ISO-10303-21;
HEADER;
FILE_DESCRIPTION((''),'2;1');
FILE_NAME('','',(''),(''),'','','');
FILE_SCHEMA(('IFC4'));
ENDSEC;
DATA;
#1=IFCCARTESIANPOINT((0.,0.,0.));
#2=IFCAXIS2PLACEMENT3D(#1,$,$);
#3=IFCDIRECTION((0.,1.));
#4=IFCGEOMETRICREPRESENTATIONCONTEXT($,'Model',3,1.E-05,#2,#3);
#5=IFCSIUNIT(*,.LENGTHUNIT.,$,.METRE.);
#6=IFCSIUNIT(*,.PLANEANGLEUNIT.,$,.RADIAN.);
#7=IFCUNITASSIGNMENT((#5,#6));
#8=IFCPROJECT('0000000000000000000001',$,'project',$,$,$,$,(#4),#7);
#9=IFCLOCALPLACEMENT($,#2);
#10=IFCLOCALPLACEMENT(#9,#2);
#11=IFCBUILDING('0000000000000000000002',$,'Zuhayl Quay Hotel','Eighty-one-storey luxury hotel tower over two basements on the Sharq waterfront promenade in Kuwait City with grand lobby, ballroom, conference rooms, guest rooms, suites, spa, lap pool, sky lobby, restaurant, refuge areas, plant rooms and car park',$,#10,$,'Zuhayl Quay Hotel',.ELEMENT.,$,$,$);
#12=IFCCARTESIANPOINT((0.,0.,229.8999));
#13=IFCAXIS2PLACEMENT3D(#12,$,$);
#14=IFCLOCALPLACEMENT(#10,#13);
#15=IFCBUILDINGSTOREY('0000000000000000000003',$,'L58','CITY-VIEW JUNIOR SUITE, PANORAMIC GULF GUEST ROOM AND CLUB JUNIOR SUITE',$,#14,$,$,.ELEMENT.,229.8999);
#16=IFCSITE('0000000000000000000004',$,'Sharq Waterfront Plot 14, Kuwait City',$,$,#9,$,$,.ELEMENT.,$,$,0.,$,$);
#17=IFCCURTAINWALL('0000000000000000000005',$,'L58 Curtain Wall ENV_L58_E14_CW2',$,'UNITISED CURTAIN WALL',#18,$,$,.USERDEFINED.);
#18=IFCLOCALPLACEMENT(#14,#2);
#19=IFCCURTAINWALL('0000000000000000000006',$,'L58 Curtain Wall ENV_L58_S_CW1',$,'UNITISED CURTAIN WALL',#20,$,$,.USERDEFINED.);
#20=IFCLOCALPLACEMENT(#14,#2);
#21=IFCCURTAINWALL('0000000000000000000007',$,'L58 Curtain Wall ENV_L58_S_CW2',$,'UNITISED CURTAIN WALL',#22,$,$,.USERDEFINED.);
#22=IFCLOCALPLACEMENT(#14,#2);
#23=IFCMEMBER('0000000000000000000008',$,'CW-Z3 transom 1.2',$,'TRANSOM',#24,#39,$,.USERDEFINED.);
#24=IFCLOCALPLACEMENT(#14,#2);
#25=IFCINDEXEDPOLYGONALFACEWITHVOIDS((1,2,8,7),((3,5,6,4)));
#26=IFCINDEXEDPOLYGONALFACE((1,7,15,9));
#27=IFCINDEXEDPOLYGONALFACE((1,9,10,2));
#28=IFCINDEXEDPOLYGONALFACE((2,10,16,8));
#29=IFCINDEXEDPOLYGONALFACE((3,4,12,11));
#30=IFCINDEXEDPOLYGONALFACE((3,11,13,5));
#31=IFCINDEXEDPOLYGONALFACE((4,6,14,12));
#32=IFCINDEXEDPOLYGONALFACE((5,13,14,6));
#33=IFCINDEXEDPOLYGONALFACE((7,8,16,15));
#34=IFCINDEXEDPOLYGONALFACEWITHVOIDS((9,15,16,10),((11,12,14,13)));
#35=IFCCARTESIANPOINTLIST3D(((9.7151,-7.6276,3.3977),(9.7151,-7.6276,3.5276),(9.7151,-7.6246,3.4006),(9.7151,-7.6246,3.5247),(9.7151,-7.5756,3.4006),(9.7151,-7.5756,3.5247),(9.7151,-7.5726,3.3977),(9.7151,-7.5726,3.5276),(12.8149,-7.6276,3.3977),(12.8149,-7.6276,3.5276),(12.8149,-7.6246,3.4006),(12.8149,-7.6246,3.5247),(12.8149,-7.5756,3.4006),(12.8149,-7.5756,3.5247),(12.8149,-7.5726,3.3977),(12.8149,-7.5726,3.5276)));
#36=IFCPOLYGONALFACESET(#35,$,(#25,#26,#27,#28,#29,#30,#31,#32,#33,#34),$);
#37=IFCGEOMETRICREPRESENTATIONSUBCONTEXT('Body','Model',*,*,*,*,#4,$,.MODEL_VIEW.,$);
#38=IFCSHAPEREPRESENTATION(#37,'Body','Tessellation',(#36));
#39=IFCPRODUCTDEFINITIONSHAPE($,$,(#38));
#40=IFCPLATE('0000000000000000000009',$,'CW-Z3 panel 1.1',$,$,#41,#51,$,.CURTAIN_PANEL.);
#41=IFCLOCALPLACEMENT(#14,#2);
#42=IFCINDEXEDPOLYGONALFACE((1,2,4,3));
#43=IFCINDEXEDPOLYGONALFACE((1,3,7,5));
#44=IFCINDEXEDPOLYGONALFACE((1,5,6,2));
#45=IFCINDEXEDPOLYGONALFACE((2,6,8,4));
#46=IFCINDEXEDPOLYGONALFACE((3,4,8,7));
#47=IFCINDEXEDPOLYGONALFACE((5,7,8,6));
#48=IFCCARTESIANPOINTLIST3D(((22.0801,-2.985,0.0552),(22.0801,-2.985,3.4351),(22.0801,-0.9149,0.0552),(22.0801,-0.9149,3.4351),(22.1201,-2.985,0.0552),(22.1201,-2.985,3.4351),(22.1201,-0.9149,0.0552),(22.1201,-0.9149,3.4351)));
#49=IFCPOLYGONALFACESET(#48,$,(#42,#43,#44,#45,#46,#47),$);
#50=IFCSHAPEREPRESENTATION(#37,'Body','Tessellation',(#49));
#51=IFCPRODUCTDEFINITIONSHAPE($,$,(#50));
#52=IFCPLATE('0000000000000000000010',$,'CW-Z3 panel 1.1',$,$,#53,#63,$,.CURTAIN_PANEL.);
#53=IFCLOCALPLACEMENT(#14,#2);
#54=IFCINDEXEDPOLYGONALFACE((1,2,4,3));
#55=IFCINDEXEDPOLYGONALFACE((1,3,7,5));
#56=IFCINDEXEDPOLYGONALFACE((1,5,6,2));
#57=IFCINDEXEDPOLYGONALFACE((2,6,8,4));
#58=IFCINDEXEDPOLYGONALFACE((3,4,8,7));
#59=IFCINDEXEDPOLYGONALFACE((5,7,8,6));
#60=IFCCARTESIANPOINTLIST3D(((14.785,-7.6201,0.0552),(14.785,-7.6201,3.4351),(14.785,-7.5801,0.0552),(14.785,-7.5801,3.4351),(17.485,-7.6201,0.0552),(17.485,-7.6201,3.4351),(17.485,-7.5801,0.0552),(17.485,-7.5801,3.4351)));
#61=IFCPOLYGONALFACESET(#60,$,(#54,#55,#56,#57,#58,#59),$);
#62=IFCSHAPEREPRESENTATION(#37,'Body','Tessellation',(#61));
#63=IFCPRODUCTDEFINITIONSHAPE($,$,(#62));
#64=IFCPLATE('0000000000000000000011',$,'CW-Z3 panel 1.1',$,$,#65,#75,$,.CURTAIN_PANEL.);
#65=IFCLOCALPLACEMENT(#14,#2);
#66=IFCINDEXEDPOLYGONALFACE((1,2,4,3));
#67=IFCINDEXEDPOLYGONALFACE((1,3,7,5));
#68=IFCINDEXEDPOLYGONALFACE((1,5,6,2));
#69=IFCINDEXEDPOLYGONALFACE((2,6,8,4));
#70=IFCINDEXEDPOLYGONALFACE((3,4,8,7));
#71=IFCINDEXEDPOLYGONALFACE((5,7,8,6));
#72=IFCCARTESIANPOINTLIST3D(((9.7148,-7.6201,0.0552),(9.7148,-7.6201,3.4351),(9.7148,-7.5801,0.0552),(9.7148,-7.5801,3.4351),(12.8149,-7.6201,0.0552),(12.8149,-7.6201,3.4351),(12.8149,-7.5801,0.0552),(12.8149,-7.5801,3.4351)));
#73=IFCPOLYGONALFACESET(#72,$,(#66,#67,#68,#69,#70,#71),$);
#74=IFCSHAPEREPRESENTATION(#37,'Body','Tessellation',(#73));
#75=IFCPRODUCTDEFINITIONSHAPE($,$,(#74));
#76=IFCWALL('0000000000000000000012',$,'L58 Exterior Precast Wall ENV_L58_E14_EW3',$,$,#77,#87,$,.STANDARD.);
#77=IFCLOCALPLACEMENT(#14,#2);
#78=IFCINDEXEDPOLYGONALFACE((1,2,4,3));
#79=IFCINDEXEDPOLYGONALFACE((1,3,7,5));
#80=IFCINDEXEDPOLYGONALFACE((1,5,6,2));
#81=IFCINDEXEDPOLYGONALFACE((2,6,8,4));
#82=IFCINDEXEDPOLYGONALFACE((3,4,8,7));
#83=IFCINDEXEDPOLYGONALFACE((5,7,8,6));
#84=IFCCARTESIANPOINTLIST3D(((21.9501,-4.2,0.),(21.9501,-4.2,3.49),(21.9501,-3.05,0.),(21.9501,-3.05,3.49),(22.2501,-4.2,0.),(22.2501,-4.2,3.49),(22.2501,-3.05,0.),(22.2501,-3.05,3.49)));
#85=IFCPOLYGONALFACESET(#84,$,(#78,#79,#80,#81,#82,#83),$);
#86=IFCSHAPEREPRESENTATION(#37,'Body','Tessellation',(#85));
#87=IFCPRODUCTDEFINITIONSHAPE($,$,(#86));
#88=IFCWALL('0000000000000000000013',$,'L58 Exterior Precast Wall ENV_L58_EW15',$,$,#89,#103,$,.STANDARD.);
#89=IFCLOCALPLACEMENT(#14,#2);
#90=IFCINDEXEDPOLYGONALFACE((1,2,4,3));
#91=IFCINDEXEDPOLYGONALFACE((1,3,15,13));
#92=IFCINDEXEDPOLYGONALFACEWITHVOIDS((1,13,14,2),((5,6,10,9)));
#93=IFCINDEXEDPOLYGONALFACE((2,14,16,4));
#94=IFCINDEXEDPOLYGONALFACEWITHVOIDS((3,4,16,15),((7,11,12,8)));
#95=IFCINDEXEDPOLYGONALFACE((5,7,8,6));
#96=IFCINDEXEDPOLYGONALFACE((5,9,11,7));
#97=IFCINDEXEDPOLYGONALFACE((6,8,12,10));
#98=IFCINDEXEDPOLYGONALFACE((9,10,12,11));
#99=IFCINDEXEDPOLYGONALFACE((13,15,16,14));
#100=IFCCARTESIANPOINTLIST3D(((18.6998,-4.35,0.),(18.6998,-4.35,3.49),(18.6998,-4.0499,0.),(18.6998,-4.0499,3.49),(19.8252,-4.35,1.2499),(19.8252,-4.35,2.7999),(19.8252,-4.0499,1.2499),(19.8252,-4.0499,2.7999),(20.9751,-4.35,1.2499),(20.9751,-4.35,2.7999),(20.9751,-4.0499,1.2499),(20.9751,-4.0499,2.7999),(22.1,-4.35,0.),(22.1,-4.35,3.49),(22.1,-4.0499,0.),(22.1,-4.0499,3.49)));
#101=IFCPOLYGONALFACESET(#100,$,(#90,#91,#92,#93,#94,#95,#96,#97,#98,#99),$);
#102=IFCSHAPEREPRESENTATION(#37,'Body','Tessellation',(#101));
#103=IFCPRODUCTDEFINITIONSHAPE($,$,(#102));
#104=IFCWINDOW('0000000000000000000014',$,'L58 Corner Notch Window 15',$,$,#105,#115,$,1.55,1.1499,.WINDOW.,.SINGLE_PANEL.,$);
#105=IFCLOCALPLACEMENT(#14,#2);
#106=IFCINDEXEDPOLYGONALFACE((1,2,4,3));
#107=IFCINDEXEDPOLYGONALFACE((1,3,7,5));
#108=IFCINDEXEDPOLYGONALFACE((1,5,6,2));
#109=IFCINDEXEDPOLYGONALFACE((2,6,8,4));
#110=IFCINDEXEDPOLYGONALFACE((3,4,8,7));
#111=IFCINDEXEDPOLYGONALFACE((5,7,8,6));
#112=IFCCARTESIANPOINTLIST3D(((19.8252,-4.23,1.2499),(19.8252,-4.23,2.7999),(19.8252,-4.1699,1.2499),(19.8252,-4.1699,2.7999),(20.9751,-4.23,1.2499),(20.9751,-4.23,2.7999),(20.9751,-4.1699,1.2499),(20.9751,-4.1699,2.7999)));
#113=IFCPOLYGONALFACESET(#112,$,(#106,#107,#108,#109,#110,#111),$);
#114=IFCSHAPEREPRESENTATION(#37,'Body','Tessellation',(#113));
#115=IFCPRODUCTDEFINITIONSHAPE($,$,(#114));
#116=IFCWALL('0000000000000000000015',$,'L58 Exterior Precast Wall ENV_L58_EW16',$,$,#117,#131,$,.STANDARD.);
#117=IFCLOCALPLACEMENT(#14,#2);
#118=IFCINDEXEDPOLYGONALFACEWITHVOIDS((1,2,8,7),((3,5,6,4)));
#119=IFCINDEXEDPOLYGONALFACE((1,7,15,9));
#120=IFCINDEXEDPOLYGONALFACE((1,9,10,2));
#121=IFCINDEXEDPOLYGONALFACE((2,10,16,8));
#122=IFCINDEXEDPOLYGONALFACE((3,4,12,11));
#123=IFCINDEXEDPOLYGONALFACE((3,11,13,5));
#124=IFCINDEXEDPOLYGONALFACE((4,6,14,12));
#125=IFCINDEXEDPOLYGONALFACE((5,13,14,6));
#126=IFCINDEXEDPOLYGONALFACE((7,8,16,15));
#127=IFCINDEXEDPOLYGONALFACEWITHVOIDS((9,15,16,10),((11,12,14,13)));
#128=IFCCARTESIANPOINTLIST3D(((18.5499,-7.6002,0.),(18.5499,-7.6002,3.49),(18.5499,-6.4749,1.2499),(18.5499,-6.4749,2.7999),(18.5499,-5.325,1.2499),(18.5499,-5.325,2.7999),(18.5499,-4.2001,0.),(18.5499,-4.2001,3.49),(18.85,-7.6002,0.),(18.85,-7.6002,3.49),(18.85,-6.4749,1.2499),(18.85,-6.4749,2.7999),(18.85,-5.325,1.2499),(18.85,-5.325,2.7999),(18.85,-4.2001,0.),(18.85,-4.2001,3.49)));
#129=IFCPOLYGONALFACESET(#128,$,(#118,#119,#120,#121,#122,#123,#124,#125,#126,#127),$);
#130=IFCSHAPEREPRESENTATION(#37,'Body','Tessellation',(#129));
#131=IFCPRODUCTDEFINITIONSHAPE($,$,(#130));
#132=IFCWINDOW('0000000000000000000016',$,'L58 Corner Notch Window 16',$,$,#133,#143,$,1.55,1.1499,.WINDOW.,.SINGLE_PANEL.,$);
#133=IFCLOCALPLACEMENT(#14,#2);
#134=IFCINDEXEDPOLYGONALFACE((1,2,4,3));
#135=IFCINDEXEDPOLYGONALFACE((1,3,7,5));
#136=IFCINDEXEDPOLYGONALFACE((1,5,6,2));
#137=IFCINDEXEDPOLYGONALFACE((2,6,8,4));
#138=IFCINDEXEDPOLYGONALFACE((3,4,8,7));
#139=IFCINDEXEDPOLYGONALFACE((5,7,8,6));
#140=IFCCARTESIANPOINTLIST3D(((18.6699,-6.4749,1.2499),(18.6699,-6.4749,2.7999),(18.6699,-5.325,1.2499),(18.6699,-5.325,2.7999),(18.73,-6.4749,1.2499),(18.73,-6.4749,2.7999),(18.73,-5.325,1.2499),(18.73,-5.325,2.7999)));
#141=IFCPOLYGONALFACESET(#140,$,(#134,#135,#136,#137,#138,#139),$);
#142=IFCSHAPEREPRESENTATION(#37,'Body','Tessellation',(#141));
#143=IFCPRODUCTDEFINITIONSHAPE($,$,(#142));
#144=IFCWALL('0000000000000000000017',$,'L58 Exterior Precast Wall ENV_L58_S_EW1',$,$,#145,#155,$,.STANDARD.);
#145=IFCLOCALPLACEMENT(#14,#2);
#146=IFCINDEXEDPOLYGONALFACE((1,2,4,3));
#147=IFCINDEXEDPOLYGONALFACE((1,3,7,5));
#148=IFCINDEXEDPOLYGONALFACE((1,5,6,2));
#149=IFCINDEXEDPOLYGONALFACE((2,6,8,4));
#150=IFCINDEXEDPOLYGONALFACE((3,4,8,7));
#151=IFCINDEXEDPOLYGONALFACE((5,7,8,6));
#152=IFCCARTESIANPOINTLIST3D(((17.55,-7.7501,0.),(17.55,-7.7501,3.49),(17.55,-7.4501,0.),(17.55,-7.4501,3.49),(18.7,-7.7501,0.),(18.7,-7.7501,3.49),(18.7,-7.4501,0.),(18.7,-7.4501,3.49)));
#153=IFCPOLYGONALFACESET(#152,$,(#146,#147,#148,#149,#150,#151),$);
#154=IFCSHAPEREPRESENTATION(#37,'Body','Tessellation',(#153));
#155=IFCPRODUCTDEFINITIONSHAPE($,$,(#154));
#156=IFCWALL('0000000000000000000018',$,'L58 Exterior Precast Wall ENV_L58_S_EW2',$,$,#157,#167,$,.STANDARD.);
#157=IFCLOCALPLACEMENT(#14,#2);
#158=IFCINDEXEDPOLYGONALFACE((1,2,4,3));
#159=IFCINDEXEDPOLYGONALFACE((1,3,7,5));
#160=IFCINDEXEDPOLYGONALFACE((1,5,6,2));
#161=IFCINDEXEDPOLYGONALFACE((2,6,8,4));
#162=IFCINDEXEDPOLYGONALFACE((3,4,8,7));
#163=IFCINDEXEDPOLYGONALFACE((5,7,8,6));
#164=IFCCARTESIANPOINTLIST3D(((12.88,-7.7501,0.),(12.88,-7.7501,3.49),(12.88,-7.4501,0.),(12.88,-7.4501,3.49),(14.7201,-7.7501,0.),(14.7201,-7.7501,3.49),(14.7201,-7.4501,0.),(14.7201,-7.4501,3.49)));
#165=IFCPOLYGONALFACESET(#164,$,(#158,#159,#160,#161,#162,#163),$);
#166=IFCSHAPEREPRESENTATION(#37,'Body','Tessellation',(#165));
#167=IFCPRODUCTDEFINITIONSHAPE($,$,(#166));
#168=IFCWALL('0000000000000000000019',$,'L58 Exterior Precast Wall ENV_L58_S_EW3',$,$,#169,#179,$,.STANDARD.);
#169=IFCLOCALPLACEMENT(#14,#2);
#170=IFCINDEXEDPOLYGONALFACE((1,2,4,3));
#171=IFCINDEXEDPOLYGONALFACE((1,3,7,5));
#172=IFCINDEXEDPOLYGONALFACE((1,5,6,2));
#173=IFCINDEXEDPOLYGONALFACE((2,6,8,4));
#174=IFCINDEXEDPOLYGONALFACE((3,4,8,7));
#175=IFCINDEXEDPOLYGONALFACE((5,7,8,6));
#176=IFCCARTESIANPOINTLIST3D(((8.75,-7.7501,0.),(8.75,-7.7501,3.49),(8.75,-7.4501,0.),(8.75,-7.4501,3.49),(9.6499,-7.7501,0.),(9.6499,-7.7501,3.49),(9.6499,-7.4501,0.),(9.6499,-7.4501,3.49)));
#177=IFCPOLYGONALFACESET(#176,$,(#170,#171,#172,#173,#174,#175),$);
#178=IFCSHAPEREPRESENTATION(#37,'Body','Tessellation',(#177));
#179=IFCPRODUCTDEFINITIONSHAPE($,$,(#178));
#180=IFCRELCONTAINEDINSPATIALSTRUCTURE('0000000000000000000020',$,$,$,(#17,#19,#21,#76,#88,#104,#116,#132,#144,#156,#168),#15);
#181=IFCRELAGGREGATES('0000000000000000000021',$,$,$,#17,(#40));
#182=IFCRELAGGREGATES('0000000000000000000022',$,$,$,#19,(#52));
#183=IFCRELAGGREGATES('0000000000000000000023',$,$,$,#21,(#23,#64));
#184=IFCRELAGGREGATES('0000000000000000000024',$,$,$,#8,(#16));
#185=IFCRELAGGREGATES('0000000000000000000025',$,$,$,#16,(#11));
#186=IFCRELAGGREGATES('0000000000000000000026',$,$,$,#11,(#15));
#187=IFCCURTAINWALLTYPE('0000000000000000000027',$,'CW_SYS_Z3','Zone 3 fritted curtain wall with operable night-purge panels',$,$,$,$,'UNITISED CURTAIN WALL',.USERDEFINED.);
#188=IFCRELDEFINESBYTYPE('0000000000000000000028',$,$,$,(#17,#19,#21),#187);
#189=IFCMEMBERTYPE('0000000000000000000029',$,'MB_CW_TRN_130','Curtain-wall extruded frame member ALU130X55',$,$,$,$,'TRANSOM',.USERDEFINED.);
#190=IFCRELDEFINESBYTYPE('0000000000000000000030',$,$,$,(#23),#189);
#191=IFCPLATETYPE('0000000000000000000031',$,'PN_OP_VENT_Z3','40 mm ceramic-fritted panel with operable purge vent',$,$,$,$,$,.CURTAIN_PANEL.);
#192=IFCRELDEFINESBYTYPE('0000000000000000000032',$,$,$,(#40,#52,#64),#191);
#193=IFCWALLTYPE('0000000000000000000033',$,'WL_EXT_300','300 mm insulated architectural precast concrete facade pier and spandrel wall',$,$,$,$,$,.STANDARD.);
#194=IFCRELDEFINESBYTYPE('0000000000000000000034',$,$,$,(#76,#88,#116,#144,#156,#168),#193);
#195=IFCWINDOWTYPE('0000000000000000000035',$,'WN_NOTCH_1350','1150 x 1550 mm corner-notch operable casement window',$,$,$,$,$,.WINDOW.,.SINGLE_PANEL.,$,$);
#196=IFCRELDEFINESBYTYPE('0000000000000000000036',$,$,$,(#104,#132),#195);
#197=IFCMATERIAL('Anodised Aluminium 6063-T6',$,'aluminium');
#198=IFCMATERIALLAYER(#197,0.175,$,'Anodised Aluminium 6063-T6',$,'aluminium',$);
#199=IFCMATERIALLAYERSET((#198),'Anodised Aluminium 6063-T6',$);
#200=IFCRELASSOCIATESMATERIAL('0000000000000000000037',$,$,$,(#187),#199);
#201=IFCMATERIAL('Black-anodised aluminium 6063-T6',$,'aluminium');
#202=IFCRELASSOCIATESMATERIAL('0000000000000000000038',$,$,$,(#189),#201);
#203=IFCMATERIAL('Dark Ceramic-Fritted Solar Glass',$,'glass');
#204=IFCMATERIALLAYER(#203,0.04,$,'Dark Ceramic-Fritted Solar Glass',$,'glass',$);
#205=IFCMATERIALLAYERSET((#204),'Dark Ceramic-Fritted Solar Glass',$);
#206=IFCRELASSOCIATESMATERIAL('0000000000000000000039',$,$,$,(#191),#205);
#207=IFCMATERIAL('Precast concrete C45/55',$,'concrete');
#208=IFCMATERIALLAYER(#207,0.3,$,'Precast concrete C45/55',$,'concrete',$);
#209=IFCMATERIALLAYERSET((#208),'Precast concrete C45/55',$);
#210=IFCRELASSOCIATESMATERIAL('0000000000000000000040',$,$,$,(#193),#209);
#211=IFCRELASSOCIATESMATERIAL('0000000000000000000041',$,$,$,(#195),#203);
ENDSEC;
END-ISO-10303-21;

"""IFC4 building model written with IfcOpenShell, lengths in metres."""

from ifc_helpers import new_model, si_unit, direction, frame, frame_2d, origin, origin_2d, place, context, subcontext, project, spatial, rectangle, hollow_rectangle, extrude, material, layer, layer_set, material_profile, profile_set, type_object, element, fill, aggregate, save


model = new_model("IFC4")

# Units and contexts
model_context = context("Model", 3, precision=1e-05, world=origin(), true_north=direction((0.0, 1.0)))
body_context = subcontext(model_context, "Body", "Model", "MODEL_VIEW")
ifc_project = project(units=[si_unit("LENGTHUNIT", "METRE"), si_unit("PLANEANGLEUNIT", "RADIAN")], contexts=[model_context])

# Site, building, storey
site_placement = place(None, origin())
site = spatial("IfcSite", under=ifc_project, at=site_placement, Name="Sharq Waterfront Plot 14, Kuwait City", CompositionType="ELEMENT", RefElevation=0.0)
building_placement = place(site_placement, origin())
building = spatial("IfcBuilding", under=site, at=building_placement, Name="Zuhayl Quay Hotel", Description="Eighty-one-storey luxury hotel tower over two basements on the Sharq waterfront promenade in Kuwait City with grand lobby, ballroom, conference rooms, guest rooms, suites, spa, lap pool, sky lobby, restaurant, refuge areas, plant rooms and car park", LongName="Zuhayl Quay Hotel", CompositionType="ELEMENT")
storey_placement = place(building_placement, frame((0.0, 0.0, 229.8999)))
storey = spatial("IfcBuildingStorey", under=building, at=storey_placement, Name="L58", Description="CITY-VIEW JUNIOR SUITE, PANORAMIC GULF GUEST ROOM AND CLUB JUNIOR SUITE", CompositionType="ELEMENT", Elevation=229.8999)

# Curtain wall
ifc_material_1 = material(Name="Anodised Aluminium 6063-T6", Category="aluminium")
ifc_layer_1 = layer(ifc_material_1, 0.175, Name="Anodised Aluminium 6063-T6", Category="aluminium")
ifc_layer_set_1 = layer_set([ifc_layer_1], Name="Anodised Aluminium 6063-T6")
curtain_wall_type = type_object("IfcCurtainWallType", Name="CW_SYS_Z3", Description="Zone 3 fritted curtain wall with operable night-purge panels", ElementType="UNITISED CURTAIN WALL", PredefinedType="USERDEFINED", material=ifc_layer_set_1)
curtain_wall_1_placement = place(storey_placement, origin())
curtain_wall_1 = element("IfcCurtainWall", 1, at=curtain_wall_1_placement, inside=storey, type_object=curtain_wall_type, Name="L58 Curtain Wall ENV_L58_E14_CW2", ObjectType="UNITISED CURTAIN WALL", PredefinedType="USERDEFINED")
ifc_material_2 = material(Name="Black-anodised aluminium 6063-T6", Category="aluminium")

# Curtain walls
curtain_wall_2_placement = place(storey_placement, origin())
curtain_wall_2 = element("IfcCurtainWall", 2, at=curtain_wall_2_placement, inside=storey, type_object=curtain_wall_type, Name="L58 Curtain Wall ENV_L58_S_CW1", ObjectType="UNITISED CURTAIN WALL", PredefinedType="USERDEFINED")
curtain_wall_3_placement = place(storey_placement, origin())
curtain_wall_3 = element("IfcCurtainWall", 3, at=curtain_wall_3_placement, inside=storey, type_object=curtain_wall_type, Name="L58 Curtain Wall ENV_L58_S_CW2", ObjectType="UNITISED CURTAIN WALL", PredefinedType="USERDEFINED")

# Member
ifc_material_profile_1 = material_profile(ifc_material_2, hollow_rectangle(XDim=0.0549, YDim=0.1299, WallThickness=0.0029, at=origin_2d()), Name="ALU130X55")
ifc_profile_set_1 = profile_set([ifc_material_profile_1], Name="Black-anodised aluminium 6063-T6")
member_type_1 = type_object("IfcMemberType", Name="MB_CW_TRN_130", Description="Curtain-wall extruded frame member ALU130X55", ElementType="TRANSOM", PredefinedType="USERDEFINED", material=ifc_profile_set_1)
member_1_placement = place(storey_placement, frame((12.8149, -7.6001, 3.4626), z_axis=(-1.0, 0.0, 0.0), x_axis=(0.0, -1.0, 0.0)))
member_1 = element("IfcMember", 4, at=member_1_placement, type_object=member_type_1, Name="CW-Z3 transom 1.2", ObjectType="TRANSOM", PredefinedType="USERDEFINED", context=body_context, shape_type="SweptSolid", body=[
    extrude(hollow_rectangle(XDim=0.0549, YDim=0.1299, WallThickness=0.0029, at=origin_2d()), origin(), (0.0, 0.0, 1.0), 3.0999),
])

# Plates
ifc_material_3 = material(Name="Dark Ceramic-Fritted Solar Glass", Category="glass")
ifc_layer_2 = layer(ifc_material_3, 0.04, Name="Dark Ceramic-Fritted Solar Glass", Category="glass")
ifc_layer_set_2 = layer_set([ifc_layer_2], Name="Dark Ceramic-Fritted Solar Glass")
plate_type = type_object("IfcPlateType", Name="PN_OP_VENT_Z3", Description="40 mm ceramic-fritted panel with operable purge vent", PredefinedType="CURTAIN_PANEL", material=ifc_layer_set_2)
plate_1_placement = place(storey_placement, frame((22.1001, -1.95, 0.0552), z_axis=(0.0, 0.0, 1.0), x_axis=(0.0, -1.0, 0.0)))
plate_1 = element("IfcPlate", 5, at=plate_1_placement, type_object=plate_type, Name="CW-Z3 panel 1.1", PredefinedType="CURTAIN_PANEL", context=body_context, shape_type="SweptSolid", body=[
    extrude(rectangle(XDim=2.0701, YDim=0.04, at=origin_2d()), origin(), (0.0, 0.0, 1.0), 3.3799),
])
aggregate(curtain_wall_1, [plate_1])
plate_2_placement = place(storey_placement, frame((16.135, -7.6001, 0.0552), z_axis=(0.0, 0.0, 1.0), x_axis=(-1.0, 0.0, 0.0)))
plate_2 = element("IfcPlate", 6, at=plate_2_placement, type_object=plate_type, Name="CW-Z3 panel 1.1", PredefinedType="CURTAIN_PANEL", context=body_context, shape_type="SweptSolid", body=[
    extrude(rectangle(XDim=2.7, YDim=0.04, at=origin_2d()), origin(), (0.0, 0.0, 1.0), 3.3799),
])
aggregate(curtain_wall_2, [plate_2])
plate_3_placement = place(storey_placement, frame((11.2649, -7.6001, 0.0552), z_axis=(0.0, 0.0, 1.0), x_axis=(-1.0, 0.0, 0.0)))
plate_3 = element("IfcPlate", 7, at=plate_3_placement, type_object=plate_type, Name="CW-Z3 panel 1.1", PredefinedType="CURTAIN_PANEL", context=body_context, shape_type="SweptSolid", body=[
    extrude(rectangle(XDim=3.1001, YDim=0.04, at=origin_2d()), origin(), (0.0, 0.0, 1.0), 3.3799),
])
aggregate(curtain_wall_3, [member_1, plate_3])

# Wall
ifc_material_4 = material(Name="Precast concrete C45/55", Category="concrete")
ifc_layer_3 = layer(ifc_material_4, 0.3, Name="Precast concrete C45/55", Category="concrete")
ifc_layer_set_3 = layer_set([ifc_layer_3], Name="Precast concrete C45/55")
wall_type_1 = type_object("IfcWallType", Name="WL_EXT_300", Description="300 mm insulated architectural precast concrete facade pier and spandrel wall", PredefinedType="STANDARD", material=ifc_layer_set_3)
wall_1_placement = place(storey_placement, frame((22.1001, -3.05, 0.0), z_axis=(0.0, 0.0, 1.0), x_axis=(0.0, -1.0, 0.0)))
element("IfcWall", 8, at=wall_1_placement, inside=storey, type_object=wall_type_1, Name="L58 Exterior Precast Wall ENV_L58_E14_EW3", PredefinedType="STANDARD", context=body_context, shape_type="SweptSolid", body=[
    extrude(rectangle(XDim=1.1499, YDim=0.3, at=frame_2d((0.575, 0.0))), origin(), (0.0, 0.0, 1.0), 3.49),
])

# Walls, openings, windows
wall_2_placement = place(storey_placement, frame((22.1001, -4.2, 0.0), z_axis=(0.0, 0.0, 1.0), x_axis=(-1.0, 0.0, 0.0)))
wall_2 = element("IfcWall", 9, at=wall_2_placement, inside=storey, type_object=wall_type_1, Name="L58 Exterior Precast Wall ENV_L58_EW15", PredefinedType="STANDARD", context=body_context, shape_type="SweptSolid", body=[
    extrude(rectangle(XDim=3.4001, YDim=0.3, at=frame_2d((1.7002, 0.0))), origin(), (0.0, 0.0, 1.0), 3.49),
])
opening_1_placement = place(wall_2_placement, frame((1.125, 0.0, 1.25)))
opening_1 = element("IfcOpeningElement", 10, at=opening_1_placement, cuts=wall_2, PredefinedType="OPENING", context=body_context, shape_type="SweptSolid", body=[
    extrude(rectangle(XDim=1.1499, YDim=1.55, at=frame_2d((0.575, 0.7749))), frame((0.0, 0.1599, 0.0), z_axis=(0.0, -1.0, 0.0), x_axis=(1.0, 0.0, 0.0)), (0.0, 0.0, 1.0), 0.3201),
])
window_type = type_object("IfcWindowType", Name="WN_NOTCH_1350", Description="1150 x 1550 mm corner-notch operable casement window", PartitioningType="SINGLE_PANEL", PredefinedType="WINDOW", material=ifc_material_3)
window_1_placement = place(opening_1_placement, origin())
window_1 = element("IfcWindow", 11, at=window_1_placement, inside=storey, type_object=window_type, Name="L58 Corner Notch Window 15", OverallHeight=1.55, OverallWidth=1.1499, PartitioningType="SINGLE_PANEL", PredefinedType="WINDOW", context=body_context, shape_type="SweptSolid", body=[
    extrude(rectangle(XDim=1.1499, YDim=1.55, at=frame_2d((0.575, 0.7749))), frame((0.0, 0.03, 0.0), z_axis=(0.0, -1.0, 0.0), x_axis=(1.0, 0.0, 0.0)), (0.0, 0.0, 1.0), 0.0601),
])
fill(opening_1, window_1)
wall_3_placement = place(storey_placement, frame((18.7, -4.2, 0.0), z_axis=(0.0, 0.0, 1.0), x_axis=(0.0, -1.0, 0.0)))
wall_3 = element("IfcWall", 12, at=wall_3_placement, inside=storey, type_object=wall_type_1, Name="L58 Exterior Precast Wall ENV_L58_EW16", PredefinedType="STANDARD", context=body_context, shape_type="SweptSolid", body=[
    extrude(rectangle(XDim=3.4001, YDim=0.3, at=frame_2d((1.7002, 0.0))), origin(), (0.0, 0.0, 1.0), 3.49),
])
opening_2_placement = place(wall_3_placement, frame((1.125, 0.0, 1.25)))
opening_2 = element("IfcOpeningElement", 13, at=opening_2_placement, cuts=wall_3, PredefinedType="OPENING", context=body_context, shape_type="SweptSolid", body=[
    extrude(rectangle(XDim=1.1499, YDim=1.55, at=frame_2d((0.575, 0.7749))), frame((0.0, 0.1599, 0.0), z_axis=(0.0, -1.0, 0.0), x_axis=(1.0, 0.0, 0.0)), (0.0, 0.0, 1.0), 0.3201),
])
window_2_placement = place(opening_2_placement, origin())
window_2 = element("IfcWindow", 14, at=window_2_placement, inside=storey, type_object=window_type, Name="L58 Corner Notch Window 16", OverallHeight=1.55, OverallWidth=1.1499, PartitioningType="SINGLE_PANEL", PredefinedType="WINDOW", context=body_context, shape_type="SweptSolid", body=[
    extrude(rectangle(XDim=1.1499, YDim=1.55, at=frame_2d((0.575, 0.7749))), frame((0.0, 0.03, 0.0), z_axis=(0.0, -1.0, 0.0), x_axis=(1.0, 0.0, 0.0)), (0.0, 0.0, 1.0), 0.0601),
])
fill(opening_2, window_2)

# Walls
wall_4_placement = place(storey_placement, frame((18.7, -7.6001, 0.0), z_axis=(0.0, 0.0, 1.0), x_axis=(-1.0, 0.0, 0.0)))
element("IfcWall", 15, at=wall_4_placement, inside=storey, type_object=wall_type_1, Name="L58 Exterior Precast Wall ENV_L58_S_EW1", PredefinedType="STANDARD", context=body_context, shape_type="SweptSolid", body=[
    extrude(rectangle(XDim=1.1499, YDim=0.3, at=frame_2d((0.575, 0.0))), origin(), (0.0, 0.0, 1.0), 3.49),
])
wall_5_placement = place(storey_placement, frame((14.72, -7.6001, 0.0), z_axis=(0.0, 0.0, 1.0), x_axis=(-1.0, 0.0, 0.0)))
element("IfcWall", 16, at=wall_5_placement, inside=storey, type_object=wall_type_1, Name="L58 Exterior Precast Wall ENV_L58_S_EW2", PredefinedType="STANDARD", context=body_context, shape_type="SweptSolid", body=[
    extrude(rectangle(XDim=1.8401, YDim=0.3, at=frame_2d((0.9199, 0.0))), origin(), (0.0, 0.0, 1.0), 3.49),
])
wall_6_placement = place(storey_placement, frame((9.6499, -7.6001, 0.0), z_axis=(0.0, 0.0, 1.0), x_axis=(-1.0, 0.0, 0.0)))
element("IfcWall", 17, at=wall_6_placement, inside=storey, type_object=wall_type_1, Name="L58 Exterior Precast Wall ENV_L58_S_EW3", PredefinedType="STANDARD", context=body_context, shape_type="SweptSolid", body=[
    extrude(rectangle(XDim=0.8999, YDim=0.3, at=frame_2d((0.45, 0.0))), origin(), (0.0, 0.0, 1.0), 3.49),
])

save(model, "model.ifc")
